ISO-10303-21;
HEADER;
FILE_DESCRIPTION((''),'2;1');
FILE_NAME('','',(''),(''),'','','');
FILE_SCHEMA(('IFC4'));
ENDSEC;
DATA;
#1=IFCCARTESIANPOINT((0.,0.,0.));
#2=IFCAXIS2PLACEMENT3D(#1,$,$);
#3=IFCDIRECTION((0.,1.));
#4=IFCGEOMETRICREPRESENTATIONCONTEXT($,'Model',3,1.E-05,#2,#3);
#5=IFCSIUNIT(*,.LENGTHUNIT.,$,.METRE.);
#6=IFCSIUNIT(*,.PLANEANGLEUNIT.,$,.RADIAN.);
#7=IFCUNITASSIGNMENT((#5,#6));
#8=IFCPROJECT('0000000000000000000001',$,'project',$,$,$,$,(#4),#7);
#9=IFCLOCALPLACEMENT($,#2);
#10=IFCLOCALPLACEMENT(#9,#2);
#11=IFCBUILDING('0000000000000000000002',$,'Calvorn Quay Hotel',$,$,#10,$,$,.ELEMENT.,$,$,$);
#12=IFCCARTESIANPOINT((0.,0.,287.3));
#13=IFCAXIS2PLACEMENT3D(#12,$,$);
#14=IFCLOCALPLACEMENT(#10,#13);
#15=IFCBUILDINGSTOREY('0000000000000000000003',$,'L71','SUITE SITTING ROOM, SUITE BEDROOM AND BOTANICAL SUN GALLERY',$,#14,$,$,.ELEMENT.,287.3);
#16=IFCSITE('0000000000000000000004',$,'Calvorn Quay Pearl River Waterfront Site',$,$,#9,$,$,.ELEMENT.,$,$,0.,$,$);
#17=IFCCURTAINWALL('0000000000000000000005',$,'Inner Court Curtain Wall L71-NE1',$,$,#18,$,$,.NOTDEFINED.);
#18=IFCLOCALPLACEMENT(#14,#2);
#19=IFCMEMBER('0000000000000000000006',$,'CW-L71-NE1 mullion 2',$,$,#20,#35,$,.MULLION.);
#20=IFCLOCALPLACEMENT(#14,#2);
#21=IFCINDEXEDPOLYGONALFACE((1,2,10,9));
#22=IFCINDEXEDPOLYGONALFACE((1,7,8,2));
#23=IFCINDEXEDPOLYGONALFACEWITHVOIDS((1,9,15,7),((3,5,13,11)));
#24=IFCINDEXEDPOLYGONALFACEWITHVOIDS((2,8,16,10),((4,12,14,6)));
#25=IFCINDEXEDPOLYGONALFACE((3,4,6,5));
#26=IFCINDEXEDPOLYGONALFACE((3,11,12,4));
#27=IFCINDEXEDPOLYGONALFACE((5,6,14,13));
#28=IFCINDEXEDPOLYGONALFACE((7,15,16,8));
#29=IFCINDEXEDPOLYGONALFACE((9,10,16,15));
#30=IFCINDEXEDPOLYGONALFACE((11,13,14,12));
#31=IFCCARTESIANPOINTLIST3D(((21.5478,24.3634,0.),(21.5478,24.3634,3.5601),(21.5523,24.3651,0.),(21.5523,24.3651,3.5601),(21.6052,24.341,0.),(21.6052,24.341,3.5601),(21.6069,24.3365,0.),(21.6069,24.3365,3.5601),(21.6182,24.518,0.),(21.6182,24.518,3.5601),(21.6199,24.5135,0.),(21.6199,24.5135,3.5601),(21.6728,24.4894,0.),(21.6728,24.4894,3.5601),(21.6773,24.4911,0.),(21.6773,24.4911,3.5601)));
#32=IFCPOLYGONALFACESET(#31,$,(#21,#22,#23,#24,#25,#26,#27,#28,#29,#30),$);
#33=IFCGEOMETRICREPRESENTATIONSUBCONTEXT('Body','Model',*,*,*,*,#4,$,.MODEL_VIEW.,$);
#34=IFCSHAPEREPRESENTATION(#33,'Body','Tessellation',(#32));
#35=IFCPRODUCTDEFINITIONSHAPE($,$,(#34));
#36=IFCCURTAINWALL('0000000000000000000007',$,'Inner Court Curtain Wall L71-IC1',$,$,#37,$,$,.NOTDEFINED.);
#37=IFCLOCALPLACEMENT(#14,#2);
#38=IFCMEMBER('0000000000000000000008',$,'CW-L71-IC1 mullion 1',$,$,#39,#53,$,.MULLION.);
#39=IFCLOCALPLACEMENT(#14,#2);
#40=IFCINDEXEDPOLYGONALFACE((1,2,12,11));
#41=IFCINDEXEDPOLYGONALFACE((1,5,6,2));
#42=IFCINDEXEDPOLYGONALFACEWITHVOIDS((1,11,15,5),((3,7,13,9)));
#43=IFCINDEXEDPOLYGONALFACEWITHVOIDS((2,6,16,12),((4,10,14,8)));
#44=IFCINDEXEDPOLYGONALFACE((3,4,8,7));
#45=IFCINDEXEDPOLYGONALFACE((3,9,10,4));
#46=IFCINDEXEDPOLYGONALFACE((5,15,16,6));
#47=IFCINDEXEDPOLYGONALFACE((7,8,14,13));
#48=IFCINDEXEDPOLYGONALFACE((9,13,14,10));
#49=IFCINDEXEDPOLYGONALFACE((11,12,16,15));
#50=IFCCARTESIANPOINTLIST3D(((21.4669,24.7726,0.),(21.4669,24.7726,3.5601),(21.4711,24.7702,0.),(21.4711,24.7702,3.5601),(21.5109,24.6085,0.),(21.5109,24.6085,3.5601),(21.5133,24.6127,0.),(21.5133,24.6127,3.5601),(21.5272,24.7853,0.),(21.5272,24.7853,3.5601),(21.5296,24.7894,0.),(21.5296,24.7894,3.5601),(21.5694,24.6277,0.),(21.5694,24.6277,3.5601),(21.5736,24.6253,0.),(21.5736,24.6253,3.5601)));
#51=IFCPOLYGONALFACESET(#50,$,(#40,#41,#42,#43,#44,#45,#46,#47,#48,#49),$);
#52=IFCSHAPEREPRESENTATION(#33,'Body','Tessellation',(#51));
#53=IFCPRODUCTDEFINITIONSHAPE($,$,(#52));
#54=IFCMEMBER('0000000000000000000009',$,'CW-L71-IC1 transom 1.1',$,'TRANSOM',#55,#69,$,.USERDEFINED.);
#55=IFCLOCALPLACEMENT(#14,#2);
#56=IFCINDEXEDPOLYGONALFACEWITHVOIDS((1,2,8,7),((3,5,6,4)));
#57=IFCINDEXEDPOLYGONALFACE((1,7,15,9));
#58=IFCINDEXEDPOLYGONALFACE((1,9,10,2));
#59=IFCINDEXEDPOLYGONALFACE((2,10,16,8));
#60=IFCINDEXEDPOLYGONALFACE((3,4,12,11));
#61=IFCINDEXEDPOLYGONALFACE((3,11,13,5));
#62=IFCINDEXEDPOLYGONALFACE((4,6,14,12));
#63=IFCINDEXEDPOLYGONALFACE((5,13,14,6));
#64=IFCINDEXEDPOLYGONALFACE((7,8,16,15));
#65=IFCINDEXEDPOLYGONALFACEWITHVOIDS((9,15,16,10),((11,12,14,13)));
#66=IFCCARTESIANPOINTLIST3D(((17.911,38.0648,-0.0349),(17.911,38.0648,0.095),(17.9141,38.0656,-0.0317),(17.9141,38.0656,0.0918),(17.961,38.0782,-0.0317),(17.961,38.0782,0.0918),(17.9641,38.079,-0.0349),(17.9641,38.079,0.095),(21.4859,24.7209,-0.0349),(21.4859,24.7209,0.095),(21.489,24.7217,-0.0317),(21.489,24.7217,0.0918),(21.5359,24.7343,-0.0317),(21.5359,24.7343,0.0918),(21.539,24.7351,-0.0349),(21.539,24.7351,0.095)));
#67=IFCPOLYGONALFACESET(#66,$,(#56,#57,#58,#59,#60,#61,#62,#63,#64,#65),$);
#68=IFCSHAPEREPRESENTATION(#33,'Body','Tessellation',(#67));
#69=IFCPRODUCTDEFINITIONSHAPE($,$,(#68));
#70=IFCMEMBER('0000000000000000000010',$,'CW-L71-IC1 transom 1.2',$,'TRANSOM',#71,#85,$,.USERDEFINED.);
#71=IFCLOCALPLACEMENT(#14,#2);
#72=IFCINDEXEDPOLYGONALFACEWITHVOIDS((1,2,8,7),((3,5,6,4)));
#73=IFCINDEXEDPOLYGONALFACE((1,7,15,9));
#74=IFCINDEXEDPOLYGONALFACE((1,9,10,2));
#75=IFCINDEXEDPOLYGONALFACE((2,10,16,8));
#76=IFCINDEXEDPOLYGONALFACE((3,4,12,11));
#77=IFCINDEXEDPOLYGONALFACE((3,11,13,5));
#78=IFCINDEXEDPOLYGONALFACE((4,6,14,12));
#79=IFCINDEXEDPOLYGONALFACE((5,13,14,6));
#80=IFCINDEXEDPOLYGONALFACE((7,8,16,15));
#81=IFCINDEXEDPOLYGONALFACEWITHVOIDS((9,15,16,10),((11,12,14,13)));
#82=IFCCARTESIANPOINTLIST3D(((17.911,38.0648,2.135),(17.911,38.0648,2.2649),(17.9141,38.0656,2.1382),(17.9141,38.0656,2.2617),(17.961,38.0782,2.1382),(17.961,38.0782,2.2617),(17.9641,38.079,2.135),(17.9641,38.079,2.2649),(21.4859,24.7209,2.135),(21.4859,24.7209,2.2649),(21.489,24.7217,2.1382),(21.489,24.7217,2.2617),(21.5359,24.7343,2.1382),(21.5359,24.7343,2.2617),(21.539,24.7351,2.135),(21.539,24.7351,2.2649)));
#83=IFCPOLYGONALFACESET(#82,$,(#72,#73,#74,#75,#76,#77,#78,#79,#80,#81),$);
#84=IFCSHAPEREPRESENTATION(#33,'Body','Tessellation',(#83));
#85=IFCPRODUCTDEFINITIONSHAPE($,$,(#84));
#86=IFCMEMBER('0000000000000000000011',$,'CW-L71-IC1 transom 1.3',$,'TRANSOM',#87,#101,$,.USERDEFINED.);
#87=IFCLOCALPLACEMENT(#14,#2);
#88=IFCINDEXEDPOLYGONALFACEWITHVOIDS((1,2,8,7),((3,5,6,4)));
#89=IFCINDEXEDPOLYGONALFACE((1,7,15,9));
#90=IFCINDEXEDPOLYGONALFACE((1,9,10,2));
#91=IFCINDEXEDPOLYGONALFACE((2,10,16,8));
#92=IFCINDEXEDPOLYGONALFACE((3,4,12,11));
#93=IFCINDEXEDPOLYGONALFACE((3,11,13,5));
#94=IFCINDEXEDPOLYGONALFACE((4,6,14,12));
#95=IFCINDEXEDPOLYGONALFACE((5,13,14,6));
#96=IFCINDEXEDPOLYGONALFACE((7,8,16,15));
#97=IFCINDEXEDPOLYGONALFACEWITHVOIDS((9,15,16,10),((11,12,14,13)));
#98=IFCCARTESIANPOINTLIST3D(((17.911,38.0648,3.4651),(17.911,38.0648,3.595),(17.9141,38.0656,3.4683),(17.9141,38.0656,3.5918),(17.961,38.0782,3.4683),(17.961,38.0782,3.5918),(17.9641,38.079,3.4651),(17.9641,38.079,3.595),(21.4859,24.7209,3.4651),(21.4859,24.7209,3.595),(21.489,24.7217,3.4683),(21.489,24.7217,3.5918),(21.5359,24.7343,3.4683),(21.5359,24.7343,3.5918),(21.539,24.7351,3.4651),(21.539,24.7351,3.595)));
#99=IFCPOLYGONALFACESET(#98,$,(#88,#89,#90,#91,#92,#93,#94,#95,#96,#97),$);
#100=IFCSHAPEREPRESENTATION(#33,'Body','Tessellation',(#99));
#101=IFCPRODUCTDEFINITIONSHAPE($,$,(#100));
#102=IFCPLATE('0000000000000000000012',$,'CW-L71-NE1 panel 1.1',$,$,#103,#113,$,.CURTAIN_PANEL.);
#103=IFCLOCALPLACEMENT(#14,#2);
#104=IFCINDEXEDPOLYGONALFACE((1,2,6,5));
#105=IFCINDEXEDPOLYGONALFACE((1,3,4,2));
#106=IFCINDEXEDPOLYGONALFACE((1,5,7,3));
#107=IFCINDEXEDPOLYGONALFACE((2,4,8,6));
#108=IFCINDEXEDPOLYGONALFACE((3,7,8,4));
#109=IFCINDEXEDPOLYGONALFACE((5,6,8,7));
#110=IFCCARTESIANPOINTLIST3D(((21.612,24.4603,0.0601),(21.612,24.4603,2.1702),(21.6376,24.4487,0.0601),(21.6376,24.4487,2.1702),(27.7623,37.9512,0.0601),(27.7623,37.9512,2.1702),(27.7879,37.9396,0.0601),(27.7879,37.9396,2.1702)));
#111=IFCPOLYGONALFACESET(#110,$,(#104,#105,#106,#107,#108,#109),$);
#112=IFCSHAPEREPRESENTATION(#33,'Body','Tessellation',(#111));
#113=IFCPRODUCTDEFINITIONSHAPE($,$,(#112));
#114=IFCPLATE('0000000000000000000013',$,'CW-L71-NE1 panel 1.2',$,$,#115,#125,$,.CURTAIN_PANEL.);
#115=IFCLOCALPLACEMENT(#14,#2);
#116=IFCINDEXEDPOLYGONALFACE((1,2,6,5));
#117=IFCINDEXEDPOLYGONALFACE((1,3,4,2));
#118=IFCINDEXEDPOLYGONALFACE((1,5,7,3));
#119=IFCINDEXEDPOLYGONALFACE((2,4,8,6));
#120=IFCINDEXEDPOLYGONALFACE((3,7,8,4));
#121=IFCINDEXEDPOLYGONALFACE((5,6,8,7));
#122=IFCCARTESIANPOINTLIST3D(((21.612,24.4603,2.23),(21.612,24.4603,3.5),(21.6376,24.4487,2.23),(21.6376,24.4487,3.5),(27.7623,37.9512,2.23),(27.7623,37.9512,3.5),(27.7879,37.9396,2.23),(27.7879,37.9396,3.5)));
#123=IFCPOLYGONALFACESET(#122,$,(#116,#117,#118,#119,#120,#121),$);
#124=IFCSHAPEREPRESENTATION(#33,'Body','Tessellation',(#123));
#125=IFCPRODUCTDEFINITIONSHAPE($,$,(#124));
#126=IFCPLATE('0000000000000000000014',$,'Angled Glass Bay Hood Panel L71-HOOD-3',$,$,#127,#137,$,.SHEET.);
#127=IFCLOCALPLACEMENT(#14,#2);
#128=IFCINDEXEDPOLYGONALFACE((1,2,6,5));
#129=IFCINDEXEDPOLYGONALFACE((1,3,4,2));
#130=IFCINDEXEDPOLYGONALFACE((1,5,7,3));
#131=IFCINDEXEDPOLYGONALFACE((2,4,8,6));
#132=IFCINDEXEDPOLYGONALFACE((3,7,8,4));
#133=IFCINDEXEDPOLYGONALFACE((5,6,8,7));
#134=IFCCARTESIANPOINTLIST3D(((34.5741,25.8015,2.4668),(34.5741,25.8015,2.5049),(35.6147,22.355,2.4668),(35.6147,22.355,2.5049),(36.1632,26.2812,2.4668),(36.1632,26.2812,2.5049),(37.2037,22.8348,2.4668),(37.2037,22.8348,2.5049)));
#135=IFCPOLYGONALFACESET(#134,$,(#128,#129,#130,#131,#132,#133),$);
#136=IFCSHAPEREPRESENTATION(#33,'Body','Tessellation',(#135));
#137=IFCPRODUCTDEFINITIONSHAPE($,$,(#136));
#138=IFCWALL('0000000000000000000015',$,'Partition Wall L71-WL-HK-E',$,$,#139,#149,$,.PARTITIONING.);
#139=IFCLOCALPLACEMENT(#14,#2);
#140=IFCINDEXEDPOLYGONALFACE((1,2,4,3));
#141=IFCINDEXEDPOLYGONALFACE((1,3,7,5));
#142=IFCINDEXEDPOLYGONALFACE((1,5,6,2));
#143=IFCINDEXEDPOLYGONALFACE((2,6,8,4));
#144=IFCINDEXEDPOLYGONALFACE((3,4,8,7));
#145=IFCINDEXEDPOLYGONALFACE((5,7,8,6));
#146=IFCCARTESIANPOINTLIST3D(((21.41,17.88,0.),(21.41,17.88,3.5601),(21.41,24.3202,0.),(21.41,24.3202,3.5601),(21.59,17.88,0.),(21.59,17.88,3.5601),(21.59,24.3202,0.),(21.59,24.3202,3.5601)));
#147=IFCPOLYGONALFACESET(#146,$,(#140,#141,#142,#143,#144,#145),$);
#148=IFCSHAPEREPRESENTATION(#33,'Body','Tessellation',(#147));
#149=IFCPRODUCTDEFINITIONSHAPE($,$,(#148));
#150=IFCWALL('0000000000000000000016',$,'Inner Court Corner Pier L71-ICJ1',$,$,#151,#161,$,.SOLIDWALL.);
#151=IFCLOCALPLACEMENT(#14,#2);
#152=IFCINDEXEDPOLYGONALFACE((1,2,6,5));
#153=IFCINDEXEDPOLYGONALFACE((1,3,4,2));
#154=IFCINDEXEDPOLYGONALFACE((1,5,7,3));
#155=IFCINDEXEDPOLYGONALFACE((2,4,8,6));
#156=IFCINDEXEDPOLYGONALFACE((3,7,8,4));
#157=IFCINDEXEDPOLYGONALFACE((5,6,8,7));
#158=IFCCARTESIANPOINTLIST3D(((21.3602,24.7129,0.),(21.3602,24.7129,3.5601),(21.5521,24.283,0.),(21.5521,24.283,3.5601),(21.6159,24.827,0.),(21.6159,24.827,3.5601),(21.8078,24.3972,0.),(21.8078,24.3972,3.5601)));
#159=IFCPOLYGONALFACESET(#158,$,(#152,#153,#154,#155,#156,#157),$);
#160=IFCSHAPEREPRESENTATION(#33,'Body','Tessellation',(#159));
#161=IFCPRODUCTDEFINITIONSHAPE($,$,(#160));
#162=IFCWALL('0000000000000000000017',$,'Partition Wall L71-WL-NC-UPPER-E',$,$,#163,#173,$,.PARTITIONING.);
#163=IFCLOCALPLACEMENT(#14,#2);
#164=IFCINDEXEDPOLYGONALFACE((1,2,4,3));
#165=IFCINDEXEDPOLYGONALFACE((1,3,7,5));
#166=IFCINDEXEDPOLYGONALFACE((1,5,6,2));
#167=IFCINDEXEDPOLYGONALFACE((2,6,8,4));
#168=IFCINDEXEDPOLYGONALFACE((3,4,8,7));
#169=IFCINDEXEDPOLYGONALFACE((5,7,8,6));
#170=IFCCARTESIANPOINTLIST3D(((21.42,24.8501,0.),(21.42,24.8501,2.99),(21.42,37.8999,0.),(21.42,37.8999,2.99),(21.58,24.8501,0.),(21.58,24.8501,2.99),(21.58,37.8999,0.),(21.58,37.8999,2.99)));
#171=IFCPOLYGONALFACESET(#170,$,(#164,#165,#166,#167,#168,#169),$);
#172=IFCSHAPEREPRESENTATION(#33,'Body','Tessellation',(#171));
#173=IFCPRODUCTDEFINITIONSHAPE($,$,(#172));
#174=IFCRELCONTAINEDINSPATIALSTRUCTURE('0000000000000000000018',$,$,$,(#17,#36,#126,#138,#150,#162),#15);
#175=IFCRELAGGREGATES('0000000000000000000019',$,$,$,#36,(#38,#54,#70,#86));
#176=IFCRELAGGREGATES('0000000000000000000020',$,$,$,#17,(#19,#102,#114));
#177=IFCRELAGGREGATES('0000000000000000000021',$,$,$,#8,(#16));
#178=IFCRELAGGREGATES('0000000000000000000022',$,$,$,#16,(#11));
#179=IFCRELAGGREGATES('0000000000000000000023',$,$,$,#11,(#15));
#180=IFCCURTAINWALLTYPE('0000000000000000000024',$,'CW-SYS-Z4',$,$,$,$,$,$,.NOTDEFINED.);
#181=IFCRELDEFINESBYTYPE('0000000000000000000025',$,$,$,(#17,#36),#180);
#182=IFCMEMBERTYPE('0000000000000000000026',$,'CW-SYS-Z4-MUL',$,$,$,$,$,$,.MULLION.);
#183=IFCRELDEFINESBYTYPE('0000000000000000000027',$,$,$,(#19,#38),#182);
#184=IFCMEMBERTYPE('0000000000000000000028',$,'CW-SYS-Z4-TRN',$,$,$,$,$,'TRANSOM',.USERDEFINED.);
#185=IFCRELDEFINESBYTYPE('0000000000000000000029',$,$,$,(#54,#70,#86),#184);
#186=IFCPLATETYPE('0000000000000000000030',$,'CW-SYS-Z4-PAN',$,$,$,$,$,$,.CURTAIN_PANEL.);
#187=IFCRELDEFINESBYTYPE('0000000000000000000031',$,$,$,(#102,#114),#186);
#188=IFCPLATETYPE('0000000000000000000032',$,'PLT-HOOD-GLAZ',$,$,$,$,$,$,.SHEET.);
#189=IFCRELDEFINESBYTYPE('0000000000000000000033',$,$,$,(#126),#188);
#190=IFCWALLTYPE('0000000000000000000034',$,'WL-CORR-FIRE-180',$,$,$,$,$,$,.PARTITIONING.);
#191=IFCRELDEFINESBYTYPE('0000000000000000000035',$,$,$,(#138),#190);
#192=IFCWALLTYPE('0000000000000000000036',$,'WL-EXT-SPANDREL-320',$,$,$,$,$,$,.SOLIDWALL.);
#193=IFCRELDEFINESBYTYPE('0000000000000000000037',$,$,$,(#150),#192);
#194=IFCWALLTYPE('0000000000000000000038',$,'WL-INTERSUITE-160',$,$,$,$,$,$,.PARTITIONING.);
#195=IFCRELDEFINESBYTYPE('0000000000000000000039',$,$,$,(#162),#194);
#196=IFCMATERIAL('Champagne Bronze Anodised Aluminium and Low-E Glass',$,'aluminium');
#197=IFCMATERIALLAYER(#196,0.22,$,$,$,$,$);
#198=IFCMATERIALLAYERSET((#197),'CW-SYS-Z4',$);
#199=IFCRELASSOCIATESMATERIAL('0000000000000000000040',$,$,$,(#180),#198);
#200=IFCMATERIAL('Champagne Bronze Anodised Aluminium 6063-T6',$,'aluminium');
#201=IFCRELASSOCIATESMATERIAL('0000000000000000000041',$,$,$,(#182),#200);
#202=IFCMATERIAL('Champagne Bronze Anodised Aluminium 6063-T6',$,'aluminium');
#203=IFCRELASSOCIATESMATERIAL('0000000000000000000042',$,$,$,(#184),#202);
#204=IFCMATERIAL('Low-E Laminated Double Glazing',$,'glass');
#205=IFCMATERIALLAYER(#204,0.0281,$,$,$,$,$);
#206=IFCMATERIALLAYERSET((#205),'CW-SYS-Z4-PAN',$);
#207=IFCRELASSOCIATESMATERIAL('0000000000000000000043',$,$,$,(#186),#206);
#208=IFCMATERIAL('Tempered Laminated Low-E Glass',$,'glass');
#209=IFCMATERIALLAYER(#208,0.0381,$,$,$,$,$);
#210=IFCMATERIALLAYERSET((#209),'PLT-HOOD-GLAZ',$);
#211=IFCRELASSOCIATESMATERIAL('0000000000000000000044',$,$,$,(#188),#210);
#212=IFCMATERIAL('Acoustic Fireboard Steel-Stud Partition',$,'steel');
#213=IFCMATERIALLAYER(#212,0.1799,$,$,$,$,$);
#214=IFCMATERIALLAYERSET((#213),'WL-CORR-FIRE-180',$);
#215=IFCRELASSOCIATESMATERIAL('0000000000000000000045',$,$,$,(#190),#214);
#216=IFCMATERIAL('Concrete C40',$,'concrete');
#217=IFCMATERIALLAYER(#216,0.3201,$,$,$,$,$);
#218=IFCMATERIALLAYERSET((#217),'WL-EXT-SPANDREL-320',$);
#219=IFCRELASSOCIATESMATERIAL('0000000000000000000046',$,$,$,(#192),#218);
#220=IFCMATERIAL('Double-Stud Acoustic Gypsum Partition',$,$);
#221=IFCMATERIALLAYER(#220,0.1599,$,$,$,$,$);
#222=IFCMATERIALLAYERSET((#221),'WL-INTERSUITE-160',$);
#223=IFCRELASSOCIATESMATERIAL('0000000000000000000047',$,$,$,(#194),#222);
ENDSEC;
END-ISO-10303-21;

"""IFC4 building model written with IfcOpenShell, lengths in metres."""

from ifc_helpers import new_model, si_unit, direction, frame, frame_2d, origin, origin_2d, place, context, subcontext, project, spatial, rectangle, hollow_rectangle, extrude, material, layer, layer_set, material_profile, profile_set, type_object, element, aggregate, save


model = new_model("IFC4")

# Units and contexts
model_context = context("Model", 3, precision=1e-05, world=origin(), true_north=direction((0.0, 1.0)))
body_context = subcontext(model_context, "Body", "Model", "MODEL_VIEW")
ifc_project = project(units=[si_unit("LENGTHUNIT", "METRE"), si_unit("PLANEANGLEUNIT", "RADIAN")], contexts=[model_context])

# Site, building, storey
site_placement = place(None, origin())
site = spatial("IfcSite", under=ifc_project, at=site_placement, Name="Calvorn Quay Pearl River Waterfront Site", CompositionType="ELEMENT", RefElevation=0.0)
building_placement = place(site_placement, origin())
building = spatial("IfcBuilding", under=site, at=building_placement, Name="Calvorn Quay Hotel", CompositionType="ELEMENT")
storey_placement = place(building_placement, frame((0.0, 0.0, 287.3)))
storey = spatial("IfcBuildingStorey", under=building, at=storey_placement, Name="L71", Description="SUITE SITTING ROOM, SUITE BEDROOM AND BOTANICAL SUN GALLERY", CompositionType="ELEMENT", Elevation=287.3)

# Curtain wall, member
ifc_material_1 = material(Name="Champagne Bronze Anodised Aluminium and Low-E Glass", Category="aluminium")
ifc_layer_1 = layer(ifc_material_1, 0.22)
ifc_layer_set_1 = layer_set([ifc_layer_1], Name="CW-SYS-Z4")
curtain_wall_type = type_object("IfcCurtainWallType", Name="CW-SYS-Z4", PredefinedType="NOTDEFINED", material=ifc_layer_set_1)
curtain_wall_1_placement = place(storey_placement, origin())
curtain_wall_1 = element("IfcCurtainWall", 1, at=curtain_wall_1_placement, inside=storey, type_object=curtain_wall_type, Name="Inner Court Curtain Wall L71-NE1", PredefinedType="NOTDEFINED")
ifc_material_2 = material(Name="Champagne Bronze Anodised Aluminium 6063-T6", Category="aluminium")
ifc_material_profile_1 = material_profile(ifc_material_2, hollow_rectangle(XDim=0.0649, YDim=0.1699, WallThickness=0.0034, at=origin_2d()), Name="ALU-M170x65x3.5")
ifc_profile_set_1 = profile_set([ifc_material_profile_1], Name="Champagne Bronze Anodised Aluminium 6063-T6")
member_type_1 = type_object("IfcMemberType", Name="CW-SYS-Z4-MUL", PredefinedType="MULLION", material=ifc_profile_set_1)
member_1_placement = place(storey_placement, frame((21.6125, 24.4272, 0.0), z_axis=(0.0, 0.0, 1.0), x_axis=(0.909908, -0.414811, 0.0)))
member_1 = element("IfcMember", 2, at=member_1_placement, type_object=member_type_1, Name="CW-L71-NE1 mullion 2", PredefinedType="MULLION", context=body_context, shape_type="SweptSolid", body=[
    extrude(hollow_rectangle(XDim=0.0649, YDim=0.1699, WallThickness=0.0034, at=origin_2d()), origin(), (0.0, 0.0, 1.0), 3.5601),
])

# Curtain wall, members
curtain_wall_2_placement = place(storey_placement, origin())
curtain_wall_2 = element("IfcCurtainWall", 3, at=curtain_wall_2_placement, inside=storey, type_object=curtain_wall_type, Name="Inner Court Curtain Wall L71-IC1", PredefinedType="NOTDEFINED")
member_2_placement = place(storey_placement, frame((21.5203, 24.699, 0.0), z_axis=(0.0, 0.0, 1.0), x_axis=(-0.965937, -0.258779, 0.0)))
member_2 = element("IfcMember", 4, at=member_2_placement, type_object=member_type_1, Name="CW-L71-IC1 mullion 1", PredefinedType="MULLION", context=body_context, shape_type="SweptSolid", body=[
    extrude(hollow_rectangle(XDim=0.0649, YDim=0.1699, WallThickness=0.0034, at=origin_2d()), origin(), (0.0, 0.0, 1.0), 3.5601),
])
ifc_material_3 = material(Name="Champagne Bronze Anodised Aluminium 6063-T6", Category="aluminium")
ifc_material_profile_2 = material_profile(ifc_material_3, hollow_rectangle(XDim=0.0549, YDim=0.1299, WallThickness=0.0032, at=origin_2d()), Name="ALU-T130x55x3.2")
ifc_profile_set_2 = profile_set([ifc_material_profile_2], Name="Champagne Bronze Anodised Aluminium 6063-T6")
member_type_2 = type_object("IfcMemberType", Name="CW-SYS-Z4-TRN", ElementType="TRANSOM", PredefinedType="USERDEFINED", material=ifc_profile_set_2)
member_3_placement = place(storey_placement, frame((21.5125, 24.728, 0.03), z_axis=(-0.258781, 0.965936, 0.0), x_axis=(-0.965936, -0.258781, 0.0)))
member_3 = element("IfcMember", 5, at=member_3_placement, type_object=member_type_2, Name="CW-L71-IC1 transom 1.1", ObjectType="TRANSOM", PredefinedType="USERDEFINED", context=body_context, shape_type="SweptSolid", body=[
    extrude(hollow_rectangle(XDim=0.0549, YDim=0.1299, WallThickness=0.0032, at=origin_2d()), origin(), (0.0, 0.0, 1.0), 13.8145),
])
member_4_placement = place(storey_placement, frame((21.5125, 24.728, 2.2), z_axis=(-0.258781, 0.965936, 0.0), x_axis=(-0.965936, -0.258781, 0.0)))
member_4 = element("IfcMember", 6, at=member_4_placement, type_object=member_type_2, Name="CW-L71-IC1 transom 1.2", ObjectType="TRANSOM", PredefinedType="USERDEFINED", context=body_context, shape_type="SweptSolid", body=[
    extrude(hollow_rectangle(XDim=0.0549, YDim=0.1299, WallThickness=0.0032, at=origin_2d()), origin(), (0.0, 0.0, 1.0), 13.8145),
])
member_5_placement = place(storey_placement, frame((21.5125, 24.728, 3.53), z_axis=(-0.258781, 0.965936, 0.0), x_axis=(-0.965936, -0.258781, 0.0)))
member_5 = element("IfcMember", 7, at=member_5_placement, type_object=member_type_2, Name="CW-L71-IC1 transom 1.3", ObjectType="TRANSOM", PredefinedType="USERDEFINED", context=body_context, shape_type="SweptSolid", body=[
    extrude(hollow_rectangle(XDim=0.0549, YDim=0.1299, WallThickness=0.0032, at=origin_2d()), origin(), (0.0, 0.0, 1.0), 13.8145),
])
aggregate(curtain_wall_2, [member_2, member_3, member_4, member_5])

# Plates
ifc_material_4 = material(Name="Low-E Laminated Double Glazing", Category="glass")
ifc_layer_2 = layer(ifc_material_4, 0.0281)
ifc_layer_set_2 = layer_set([ifc_layer_2], Name="CW-SYS-Z4-PAN")
plate_type_1 = type_object("IfcPlateType", Name="CW-SYS-Z4-PAN", PredefinedType="CURTAIN_PANEL", material=ifc_layer_set_2)
plate_1_placement = place(storey_placement, frame((24.7, 31.2, 0.0601), z_axis=(0.0, 0.0, 1.0), x_axis=(-0.414811, -0.909908, 0.0)))
plate_1 = element("IfcPlate", 8, at=plate_1_placement, type_object=plate_type_1, Name="CW-L71-NE1 panel 1.1", PredefinedType="CURTAIN_PANEL", context=body_context, shape_type="SweptSolid", body=[
    extrude(rectangle(XDim=14.8267, YDim=0.0281, at=origin_2d()), origin(), (0.0, 0.0, 1.0), 2.1101),
])
plate_2_placement = place(storey_placement, frame((24.7, 31.2, 2.23), z_axis=(0.0, 0.0, 1.0), x_axis=(-0.414811, -0.909908, 0.0)))
plate_2 = element("IfcPlate", 9, at=plate_2_placement, type_object=plate_type_1, Name="CW-L71-NE1 panel 1.2", PredefinedType="CURTAIN_PANEL", context=body_context, shape_type="SweptSolid", body=[
    extrude(rectangle(XDim=14.8267, YDim=0.0281, at=origin_2d()), origin(), (0.0, 0.0, 1.0), 1.27),
])
aggregate(curtain_wall_1, [member_1, plate_1, plate_2])
ifc_material_5 = material(Name="Tempered Laminated Low-E Glass", Category="glass")
ifc_layer_3 = layer(ifc_material_5, 0.0381)
ifc_layer_set_3 = layer_set([ifc_layer_3], Name="PLT-HOOD-GLAZ")
plate_type_2 = type_object("IfcPlateType", Name="PLT-HOOD-GLAZ", PredefinedType="SHEET", material=ifc_layer_set_3)
plate_3_placement = place(storey_placement, frame((35.8889, 24.3181, 2.4668), z_axis=(0.0, 0.0, 1.0), x_axis=(0.957319, 0.289032, 0.0)))
element("IfcPlate", 10, at=plate_3_placement, inside=storey, type_object=plate_type_2, Name="Angled Glass Bay Hood Panel L71-HOOD-3", PredefinedType="SHEET", context=body_context, shape_type="SweptSolid", body=[
    extrude(rectangle(XDim=1.6599, YDim=3.6001, at=origin_2d()), origin(), (0.0, 0.0, 1.0), 0.0381),
])

# Walls
ifc_material_6 = material(Name="Acoustic Fireboard Steel-Stud Partition", Category="steel")
ifc_layer_4 = layer(ifc_material_6, 0.1799)
ifc_layer_set_4 = layer_set([ifc_layer_4], Name="WL-CORR-FIRE-180")
wall_type_1 = type_object("IfcWallType", Name="WL-CORR-FIRE-180", PredefinedType="PARTITIONING", material=ifc_layer_set_4)
wall_1_placement = place(storey_placement, frame((21.5, 17.8799, 0.0), z_axis=(0.0, 0.0, 1.0), x_axis=(0.0, 1.0, 0.0)))
element("IfcWall", 11, at=wall_1_placement, inside=storey, type_object=wall_type_1, Name="Partition Wall L71-WL-HK-E", PredefinedType="PARTITIONING", context=body_context, shape_type="SweptSolid", body=[
    extrude(rectangle(XDim=6.4402, YDim=0.1799, at=frame_2d((3.2202, 0.0))), origin(), (0.0, 0.0, 1.0), 3.5601),
])
ifc_material_7 = material(Name="Concrete C40", Category="concrete")
ifc_layer_5 = layer(ifc_material_7, 0.3201)
ifc_layer_set_5 = layer_set([ifc_layer_5], Name="WL-EXT-SPANDREL-320")
wall_type_2 = type_object("IfcWallType", Name="WL-EXT-SPANDREL-320", PredefinedType="SOLIDWALL", material=ifc_layer_set_5)
wall_2_placement = place(storey_placement, frame((21.6799, 24.3401, 0.0), z_axis=(0.0, 0.0, 1.0), x_axis=(-0.407581, 0.913169, 0.0)))
element("IfcWall", 12, at=wall_2_placement, inside=storey, type_object=wall_type_2, Name="Inner Court Corner Pier L71-ICJ1", PredefinedType="SOLIDWALL", context=body_context, shape_type="SweptSolid", body=[
    extrude(rectangle(XDim=0.4707, YDim=0.28, at=frame_2d((0.2354, 0.0))), origin(), (0.0, 0.0, 1.0), 3.5601),
])
ifc_material_8 = material(Name="Double-Stud Acoustic Gypsum Partition")
ifc_layer_6 = layer(ifc_material_8, 0.1599)
ifc_layer_set_6 = layer_set([ifc_layer_6], Name="WL-INTERSUITE-160")
wall_type_3 = type_object("IfcWallType", Name="WL-INTERSUITE-160", PredefinedType="PARTITIONING", material=ifc_layer_set_6)
wall_3_placement = place(storey_placement, frame((21.5, 24.8501, 0.0), z_axis=(0.0, 0.0, 1.0), x_axis=(0.0, 1.0, 0.0)))
element("IfcWall", 13, at=wall_3_placement, inside=storey, type_object=wall_type_3, Name="Partition Wall L71-WL-NC-UPPER-E", PredefinedType="PARTITIONING", context=body_context, shape_type="SweptSolid", body=[
    extrude(rectangle(XDim=13.0498, YDim=0.1599, at=frame_2d((6.5249, 0.0))), origin(), (0.0, 0.0, 1.0), 2.99),
])

save(model, "model.ifc")
